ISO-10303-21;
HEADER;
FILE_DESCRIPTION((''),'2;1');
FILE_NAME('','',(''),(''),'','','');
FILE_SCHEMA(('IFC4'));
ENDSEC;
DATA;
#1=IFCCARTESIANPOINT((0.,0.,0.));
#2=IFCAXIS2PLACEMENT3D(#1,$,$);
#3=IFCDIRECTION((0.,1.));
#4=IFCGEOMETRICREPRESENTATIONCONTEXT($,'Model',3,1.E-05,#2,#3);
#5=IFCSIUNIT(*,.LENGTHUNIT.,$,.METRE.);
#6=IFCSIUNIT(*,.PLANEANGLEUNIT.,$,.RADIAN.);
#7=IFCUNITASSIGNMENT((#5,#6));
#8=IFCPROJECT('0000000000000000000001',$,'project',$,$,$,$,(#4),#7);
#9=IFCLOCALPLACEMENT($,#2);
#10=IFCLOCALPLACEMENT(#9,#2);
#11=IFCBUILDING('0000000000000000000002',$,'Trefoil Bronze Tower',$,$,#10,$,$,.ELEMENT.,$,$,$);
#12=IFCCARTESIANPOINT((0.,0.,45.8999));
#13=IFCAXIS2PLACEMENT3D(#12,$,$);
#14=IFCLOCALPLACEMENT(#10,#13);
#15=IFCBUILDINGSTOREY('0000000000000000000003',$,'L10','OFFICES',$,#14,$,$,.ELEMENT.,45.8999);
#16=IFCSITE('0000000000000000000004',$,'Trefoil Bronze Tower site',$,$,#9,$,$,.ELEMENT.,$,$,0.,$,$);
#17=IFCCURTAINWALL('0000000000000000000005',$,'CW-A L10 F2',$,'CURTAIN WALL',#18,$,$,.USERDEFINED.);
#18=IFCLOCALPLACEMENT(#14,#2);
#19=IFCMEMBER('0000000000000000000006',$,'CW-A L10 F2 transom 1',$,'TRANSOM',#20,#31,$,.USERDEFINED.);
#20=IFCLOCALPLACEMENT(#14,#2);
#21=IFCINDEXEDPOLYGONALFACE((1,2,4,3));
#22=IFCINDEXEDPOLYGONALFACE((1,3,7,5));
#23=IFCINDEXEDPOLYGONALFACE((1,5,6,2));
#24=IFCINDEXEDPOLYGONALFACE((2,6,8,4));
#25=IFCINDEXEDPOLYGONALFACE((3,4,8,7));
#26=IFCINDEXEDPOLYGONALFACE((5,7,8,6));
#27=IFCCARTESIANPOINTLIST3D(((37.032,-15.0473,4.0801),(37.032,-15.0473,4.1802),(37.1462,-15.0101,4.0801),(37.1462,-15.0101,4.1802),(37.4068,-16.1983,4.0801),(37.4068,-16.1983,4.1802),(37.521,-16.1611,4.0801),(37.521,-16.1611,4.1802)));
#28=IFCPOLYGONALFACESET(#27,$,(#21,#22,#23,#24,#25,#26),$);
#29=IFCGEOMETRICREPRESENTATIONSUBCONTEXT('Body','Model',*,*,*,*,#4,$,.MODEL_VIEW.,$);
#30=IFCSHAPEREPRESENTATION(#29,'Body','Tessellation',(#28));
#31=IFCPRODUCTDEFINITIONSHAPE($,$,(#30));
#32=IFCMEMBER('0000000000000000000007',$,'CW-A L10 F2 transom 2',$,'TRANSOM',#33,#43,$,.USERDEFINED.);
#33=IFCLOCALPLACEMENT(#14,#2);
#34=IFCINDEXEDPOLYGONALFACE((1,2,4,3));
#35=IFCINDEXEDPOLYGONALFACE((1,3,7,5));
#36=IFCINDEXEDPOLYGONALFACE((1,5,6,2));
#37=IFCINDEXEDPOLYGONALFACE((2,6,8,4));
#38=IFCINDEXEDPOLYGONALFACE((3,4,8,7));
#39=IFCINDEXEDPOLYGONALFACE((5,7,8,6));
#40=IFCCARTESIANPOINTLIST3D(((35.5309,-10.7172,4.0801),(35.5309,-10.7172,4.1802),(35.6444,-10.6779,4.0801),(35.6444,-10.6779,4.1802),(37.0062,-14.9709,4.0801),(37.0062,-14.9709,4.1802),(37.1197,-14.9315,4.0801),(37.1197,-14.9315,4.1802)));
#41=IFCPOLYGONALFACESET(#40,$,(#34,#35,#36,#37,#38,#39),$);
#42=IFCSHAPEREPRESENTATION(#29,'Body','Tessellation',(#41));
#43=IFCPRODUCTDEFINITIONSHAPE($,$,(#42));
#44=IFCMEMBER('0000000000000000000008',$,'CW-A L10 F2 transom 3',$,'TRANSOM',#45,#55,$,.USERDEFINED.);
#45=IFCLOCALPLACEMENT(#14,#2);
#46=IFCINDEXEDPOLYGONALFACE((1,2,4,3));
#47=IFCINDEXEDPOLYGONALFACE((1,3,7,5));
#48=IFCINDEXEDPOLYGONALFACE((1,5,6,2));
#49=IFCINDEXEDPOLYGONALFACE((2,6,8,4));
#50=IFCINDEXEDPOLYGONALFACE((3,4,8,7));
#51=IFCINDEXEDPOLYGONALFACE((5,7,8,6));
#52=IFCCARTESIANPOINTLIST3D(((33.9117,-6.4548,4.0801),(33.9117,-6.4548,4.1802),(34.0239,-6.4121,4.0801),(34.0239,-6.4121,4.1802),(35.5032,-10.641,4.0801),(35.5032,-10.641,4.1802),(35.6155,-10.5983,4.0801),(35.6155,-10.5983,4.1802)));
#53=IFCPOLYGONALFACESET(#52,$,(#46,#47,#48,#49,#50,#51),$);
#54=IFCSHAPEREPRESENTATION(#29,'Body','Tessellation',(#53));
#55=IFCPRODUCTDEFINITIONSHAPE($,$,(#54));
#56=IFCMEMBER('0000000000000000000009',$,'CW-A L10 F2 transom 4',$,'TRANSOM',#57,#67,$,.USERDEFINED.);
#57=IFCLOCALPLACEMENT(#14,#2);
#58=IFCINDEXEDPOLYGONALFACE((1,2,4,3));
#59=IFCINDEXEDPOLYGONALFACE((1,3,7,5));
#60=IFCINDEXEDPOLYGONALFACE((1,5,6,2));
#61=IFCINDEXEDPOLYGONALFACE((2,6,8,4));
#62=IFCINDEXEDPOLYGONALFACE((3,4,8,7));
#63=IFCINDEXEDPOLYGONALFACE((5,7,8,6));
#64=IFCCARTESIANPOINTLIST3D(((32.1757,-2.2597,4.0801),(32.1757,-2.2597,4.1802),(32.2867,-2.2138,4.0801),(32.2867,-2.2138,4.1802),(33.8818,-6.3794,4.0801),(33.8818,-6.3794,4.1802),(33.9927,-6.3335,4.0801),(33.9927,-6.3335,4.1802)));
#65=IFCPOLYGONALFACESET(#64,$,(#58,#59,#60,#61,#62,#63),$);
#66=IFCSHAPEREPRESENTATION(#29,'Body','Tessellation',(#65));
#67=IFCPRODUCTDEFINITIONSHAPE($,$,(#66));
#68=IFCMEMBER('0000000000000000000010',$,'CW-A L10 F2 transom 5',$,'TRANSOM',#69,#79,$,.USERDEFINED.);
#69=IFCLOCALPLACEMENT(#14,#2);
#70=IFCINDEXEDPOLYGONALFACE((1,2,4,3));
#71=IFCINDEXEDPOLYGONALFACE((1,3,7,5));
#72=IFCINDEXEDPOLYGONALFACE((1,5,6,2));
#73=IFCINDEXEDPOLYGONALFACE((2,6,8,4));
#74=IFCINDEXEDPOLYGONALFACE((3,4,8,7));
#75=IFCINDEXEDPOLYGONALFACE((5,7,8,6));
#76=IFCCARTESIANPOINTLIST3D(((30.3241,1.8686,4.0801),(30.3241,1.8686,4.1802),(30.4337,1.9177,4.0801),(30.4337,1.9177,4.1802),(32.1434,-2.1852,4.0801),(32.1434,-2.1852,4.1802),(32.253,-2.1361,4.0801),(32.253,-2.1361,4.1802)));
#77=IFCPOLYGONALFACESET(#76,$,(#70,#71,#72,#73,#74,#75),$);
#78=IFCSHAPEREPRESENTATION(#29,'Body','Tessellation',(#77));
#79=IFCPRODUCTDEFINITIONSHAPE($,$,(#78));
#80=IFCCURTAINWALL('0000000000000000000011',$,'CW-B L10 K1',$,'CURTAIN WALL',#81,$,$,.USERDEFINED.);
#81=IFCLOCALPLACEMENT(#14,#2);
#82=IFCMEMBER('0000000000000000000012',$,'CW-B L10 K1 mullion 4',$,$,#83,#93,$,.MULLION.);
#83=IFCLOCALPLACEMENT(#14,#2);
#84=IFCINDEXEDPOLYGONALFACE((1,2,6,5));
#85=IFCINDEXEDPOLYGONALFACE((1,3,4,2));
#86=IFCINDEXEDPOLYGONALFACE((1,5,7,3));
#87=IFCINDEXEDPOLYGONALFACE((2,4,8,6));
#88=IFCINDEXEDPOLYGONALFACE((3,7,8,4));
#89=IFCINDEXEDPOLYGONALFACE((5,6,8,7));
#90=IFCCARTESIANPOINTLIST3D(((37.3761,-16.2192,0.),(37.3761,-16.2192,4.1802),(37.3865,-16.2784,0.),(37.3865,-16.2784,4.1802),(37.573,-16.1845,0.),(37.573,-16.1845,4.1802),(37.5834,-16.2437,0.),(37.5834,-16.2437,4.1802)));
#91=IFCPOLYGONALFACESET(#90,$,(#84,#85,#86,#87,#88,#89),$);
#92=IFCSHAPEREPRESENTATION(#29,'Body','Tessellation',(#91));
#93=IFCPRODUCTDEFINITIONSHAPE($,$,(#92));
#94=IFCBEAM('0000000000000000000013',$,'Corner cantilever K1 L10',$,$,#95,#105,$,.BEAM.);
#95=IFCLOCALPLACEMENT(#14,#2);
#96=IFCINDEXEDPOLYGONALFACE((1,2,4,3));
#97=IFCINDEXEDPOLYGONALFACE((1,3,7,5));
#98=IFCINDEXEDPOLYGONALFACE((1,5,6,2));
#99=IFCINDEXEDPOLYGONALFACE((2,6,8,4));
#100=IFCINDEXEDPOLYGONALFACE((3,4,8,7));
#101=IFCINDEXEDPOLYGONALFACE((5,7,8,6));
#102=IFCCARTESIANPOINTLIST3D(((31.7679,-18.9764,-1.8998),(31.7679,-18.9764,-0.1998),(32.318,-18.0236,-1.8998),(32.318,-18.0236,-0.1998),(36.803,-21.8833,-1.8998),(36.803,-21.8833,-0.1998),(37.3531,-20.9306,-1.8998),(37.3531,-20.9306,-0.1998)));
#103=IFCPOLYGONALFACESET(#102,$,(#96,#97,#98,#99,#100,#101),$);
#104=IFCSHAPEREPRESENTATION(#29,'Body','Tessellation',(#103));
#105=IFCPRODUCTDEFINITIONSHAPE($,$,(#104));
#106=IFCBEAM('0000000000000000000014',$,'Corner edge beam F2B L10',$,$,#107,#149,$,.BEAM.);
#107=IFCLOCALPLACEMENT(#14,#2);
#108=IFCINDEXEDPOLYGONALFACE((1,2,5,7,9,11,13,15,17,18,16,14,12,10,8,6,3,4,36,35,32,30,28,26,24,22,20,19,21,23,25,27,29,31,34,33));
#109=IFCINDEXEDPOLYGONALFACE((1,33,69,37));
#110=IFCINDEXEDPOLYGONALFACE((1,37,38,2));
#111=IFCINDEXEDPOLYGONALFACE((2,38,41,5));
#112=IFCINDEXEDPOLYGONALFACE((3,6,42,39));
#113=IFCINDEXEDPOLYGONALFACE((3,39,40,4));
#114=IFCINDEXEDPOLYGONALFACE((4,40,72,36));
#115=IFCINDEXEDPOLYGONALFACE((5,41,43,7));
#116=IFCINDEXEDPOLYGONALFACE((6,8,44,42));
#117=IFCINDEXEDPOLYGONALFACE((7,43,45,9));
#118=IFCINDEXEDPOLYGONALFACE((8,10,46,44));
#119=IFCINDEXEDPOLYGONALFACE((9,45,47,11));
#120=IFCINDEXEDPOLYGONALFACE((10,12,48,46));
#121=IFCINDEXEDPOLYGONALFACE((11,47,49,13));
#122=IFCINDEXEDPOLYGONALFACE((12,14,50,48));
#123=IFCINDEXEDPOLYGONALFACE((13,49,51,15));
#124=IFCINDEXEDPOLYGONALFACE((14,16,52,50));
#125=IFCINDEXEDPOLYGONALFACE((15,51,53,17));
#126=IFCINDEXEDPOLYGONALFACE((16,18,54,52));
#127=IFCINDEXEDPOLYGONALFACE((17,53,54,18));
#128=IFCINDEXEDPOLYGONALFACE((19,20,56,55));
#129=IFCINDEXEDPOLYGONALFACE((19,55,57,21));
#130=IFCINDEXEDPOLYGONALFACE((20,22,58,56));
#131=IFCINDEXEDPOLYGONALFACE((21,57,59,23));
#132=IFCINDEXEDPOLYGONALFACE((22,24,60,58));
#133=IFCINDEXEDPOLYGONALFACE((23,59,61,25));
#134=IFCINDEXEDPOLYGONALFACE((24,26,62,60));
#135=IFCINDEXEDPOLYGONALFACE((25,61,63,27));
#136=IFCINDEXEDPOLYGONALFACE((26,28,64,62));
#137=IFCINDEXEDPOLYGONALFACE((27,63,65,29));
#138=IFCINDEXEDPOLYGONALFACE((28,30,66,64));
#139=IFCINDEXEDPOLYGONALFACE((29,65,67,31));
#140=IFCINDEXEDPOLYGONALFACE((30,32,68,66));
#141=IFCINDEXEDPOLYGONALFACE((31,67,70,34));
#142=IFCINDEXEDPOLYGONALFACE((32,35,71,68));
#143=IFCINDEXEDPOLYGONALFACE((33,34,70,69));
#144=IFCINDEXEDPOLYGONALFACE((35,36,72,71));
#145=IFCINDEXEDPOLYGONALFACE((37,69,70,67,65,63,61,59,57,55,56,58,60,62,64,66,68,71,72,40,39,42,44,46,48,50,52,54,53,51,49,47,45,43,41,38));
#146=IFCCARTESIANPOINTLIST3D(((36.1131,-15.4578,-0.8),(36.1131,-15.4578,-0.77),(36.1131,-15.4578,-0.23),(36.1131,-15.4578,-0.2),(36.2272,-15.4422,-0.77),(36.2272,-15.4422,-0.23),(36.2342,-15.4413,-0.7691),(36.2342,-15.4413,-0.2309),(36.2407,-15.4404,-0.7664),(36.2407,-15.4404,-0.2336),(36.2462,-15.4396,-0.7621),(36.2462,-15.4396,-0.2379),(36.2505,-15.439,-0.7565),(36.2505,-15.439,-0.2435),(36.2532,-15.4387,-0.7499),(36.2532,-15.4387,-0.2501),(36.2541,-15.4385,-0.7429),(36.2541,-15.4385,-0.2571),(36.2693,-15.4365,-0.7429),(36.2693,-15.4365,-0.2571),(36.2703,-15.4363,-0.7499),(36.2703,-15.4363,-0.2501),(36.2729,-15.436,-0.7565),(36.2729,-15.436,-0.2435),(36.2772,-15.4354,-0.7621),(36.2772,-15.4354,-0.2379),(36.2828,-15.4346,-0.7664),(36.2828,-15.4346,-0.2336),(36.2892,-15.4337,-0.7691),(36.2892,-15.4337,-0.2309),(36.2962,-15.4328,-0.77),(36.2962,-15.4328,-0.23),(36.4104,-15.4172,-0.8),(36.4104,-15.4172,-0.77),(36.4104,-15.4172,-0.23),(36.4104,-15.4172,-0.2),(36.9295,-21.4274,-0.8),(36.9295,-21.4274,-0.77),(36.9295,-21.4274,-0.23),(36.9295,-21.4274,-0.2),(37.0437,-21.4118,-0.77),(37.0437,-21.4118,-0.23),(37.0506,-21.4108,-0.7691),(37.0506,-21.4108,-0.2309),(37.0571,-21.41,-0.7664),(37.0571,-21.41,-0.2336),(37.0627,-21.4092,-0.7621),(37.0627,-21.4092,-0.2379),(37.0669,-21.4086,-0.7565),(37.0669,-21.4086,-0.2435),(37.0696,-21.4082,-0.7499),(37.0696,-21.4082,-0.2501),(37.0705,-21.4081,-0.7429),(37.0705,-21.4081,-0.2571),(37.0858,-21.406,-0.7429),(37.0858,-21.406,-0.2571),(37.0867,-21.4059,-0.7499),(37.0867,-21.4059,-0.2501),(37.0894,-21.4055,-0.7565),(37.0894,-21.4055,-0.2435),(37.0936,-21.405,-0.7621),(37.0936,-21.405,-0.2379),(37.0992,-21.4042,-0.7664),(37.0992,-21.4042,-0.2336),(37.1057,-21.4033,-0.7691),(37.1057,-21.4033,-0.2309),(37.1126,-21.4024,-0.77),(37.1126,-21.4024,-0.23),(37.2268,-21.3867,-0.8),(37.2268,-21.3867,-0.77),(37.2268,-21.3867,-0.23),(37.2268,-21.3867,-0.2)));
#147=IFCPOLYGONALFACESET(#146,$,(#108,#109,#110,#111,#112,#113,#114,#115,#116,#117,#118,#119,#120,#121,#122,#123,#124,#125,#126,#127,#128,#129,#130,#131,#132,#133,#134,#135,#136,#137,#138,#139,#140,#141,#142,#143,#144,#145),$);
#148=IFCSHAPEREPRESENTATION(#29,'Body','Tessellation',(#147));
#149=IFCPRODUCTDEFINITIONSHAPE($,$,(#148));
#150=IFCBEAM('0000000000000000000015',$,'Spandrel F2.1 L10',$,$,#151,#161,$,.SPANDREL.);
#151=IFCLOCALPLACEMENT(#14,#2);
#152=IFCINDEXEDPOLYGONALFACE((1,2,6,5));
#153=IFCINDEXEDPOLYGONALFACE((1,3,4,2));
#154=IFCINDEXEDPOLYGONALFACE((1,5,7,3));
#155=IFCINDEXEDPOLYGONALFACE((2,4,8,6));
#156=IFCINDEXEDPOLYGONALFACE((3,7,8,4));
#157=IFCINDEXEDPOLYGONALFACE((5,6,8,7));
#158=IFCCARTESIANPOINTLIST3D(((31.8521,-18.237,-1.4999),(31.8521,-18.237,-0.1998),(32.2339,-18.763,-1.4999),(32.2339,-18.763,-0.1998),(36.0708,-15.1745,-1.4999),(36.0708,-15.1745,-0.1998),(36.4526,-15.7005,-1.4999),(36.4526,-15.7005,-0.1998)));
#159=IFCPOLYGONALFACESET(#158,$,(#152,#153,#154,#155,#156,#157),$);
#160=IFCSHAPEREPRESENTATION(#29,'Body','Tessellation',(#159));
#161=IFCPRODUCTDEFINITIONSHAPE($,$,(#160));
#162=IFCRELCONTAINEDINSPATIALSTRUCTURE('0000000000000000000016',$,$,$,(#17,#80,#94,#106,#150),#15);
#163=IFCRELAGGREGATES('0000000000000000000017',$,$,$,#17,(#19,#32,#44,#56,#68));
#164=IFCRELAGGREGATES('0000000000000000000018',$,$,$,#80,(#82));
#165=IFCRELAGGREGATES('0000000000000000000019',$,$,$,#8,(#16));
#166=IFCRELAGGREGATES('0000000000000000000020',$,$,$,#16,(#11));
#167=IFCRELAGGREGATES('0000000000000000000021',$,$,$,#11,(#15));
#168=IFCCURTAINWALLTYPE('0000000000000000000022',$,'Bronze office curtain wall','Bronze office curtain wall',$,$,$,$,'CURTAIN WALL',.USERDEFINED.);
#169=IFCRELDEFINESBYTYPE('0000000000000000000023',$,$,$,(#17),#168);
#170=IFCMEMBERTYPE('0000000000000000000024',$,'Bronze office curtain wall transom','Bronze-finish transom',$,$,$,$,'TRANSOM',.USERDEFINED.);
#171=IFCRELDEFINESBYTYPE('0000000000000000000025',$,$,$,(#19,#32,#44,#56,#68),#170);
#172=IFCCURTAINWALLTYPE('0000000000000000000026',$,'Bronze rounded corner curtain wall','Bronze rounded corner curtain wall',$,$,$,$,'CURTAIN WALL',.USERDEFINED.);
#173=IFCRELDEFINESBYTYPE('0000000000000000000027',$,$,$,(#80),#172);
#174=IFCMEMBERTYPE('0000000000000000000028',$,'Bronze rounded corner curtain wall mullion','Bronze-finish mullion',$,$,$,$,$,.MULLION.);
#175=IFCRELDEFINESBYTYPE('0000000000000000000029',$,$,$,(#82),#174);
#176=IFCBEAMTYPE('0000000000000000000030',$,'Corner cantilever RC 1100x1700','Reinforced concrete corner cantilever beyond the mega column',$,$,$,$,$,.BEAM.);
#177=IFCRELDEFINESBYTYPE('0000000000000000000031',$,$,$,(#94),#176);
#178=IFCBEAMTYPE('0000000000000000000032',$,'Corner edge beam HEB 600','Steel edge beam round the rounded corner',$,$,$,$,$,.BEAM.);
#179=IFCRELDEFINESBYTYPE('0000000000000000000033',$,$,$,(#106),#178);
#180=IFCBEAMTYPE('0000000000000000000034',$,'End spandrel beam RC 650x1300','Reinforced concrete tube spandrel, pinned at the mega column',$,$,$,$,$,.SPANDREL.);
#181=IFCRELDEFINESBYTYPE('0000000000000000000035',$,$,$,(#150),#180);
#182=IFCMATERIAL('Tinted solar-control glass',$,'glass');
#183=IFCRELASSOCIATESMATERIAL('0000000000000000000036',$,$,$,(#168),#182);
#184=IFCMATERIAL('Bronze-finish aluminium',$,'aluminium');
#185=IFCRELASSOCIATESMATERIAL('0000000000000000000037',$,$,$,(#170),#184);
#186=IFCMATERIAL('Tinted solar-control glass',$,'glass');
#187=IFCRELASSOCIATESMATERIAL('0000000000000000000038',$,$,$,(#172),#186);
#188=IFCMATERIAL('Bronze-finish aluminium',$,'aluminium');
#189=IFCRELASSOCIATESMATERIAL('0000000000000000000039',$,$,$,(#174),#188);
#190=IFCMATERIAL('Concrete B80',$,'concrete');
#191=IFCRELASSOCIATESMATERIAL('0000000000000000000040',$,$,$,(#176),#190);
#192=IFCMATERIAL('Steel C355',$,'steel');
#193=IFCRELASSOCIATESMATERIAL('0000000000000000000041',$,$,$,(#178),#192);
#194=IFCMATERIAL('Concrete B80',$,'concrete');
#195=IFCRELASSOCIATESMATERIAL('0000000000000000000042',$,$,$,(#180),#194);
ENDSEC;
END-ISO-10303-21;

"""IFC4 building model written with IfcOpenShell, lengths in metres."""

from ifc_helpers import new_model, si_unit, direction, frame, origin, origin_2d, place, context, subcontext, project, spatial, rectangle, i_section, extrude, material, material_profile, profile_set, type_object, element, aggregate, save


model = new_model("IFC4")

# Units and contexts
model_context = context("Model", 3, precision=1e-05, world=origin(), true_north=direction((0.0, 1.0)))
body_context = subcontext(model_context, "Body", "Model", "MODEL_VIEW")
ifc_project = project(units=[si_unit("LENGTHUNIT", "METRE"), si_unit("PLANEANGLEUNIT", "RADIAN")], contexts=[model_context])

# Site, building, storey
site_placement = place(None, origin())
site = spatial("IfcSite", under=ifc_project, at=site_placement, Name="Trefoil Bronze Tower site", CompositionType="ELEMENT", RefElevation=0.0)
building_placement = place(site_placement, origin())
building = spatial("IfcBuilding", under=site, at=building_placement, Name="Trefoil Bronze Tower", CompositionType="ELEMENT")
storey_placement = place(building_placement, frame((0.0, 0.0, 45.8999)))
storey = spatial("IfcBuildingStorey", under=building, at=storey_placement, Name="L10", Description="OFFICES", CompositionType="ELEMENT", Elevation=45.8999)

# Curtain wall, members
ifc_material_1 = material(Name="Tinted solar-control glass", Category="glass")
curtain_wall_type_1 = type_object("IfcCurtainWallType", Name="Bronze office curtain wall", Description="Bronze office curtain wall", ElementType="CURTAIN WALL", PredefinedType="USERDEFINED", material=ifc_material_1)
curtain_wall_1_placement = place(storey_placement, origin())
curtain_wall_1 = element("IfcCurtainWall", 1, at=curtain_wall_1_placement, inside=storey, type_object=curtain_wall_type_1, Name="CW-A L10 F2", ObjectType="CURTAIN WALL", PredefinedType="USERDEFINED")
ifc_material_2 = material(Name="Bronze-finish aluminium", Category="aluminium")
ifc_material_profile_1 = material_profile(ifc_material_2, rectangle(XDim=0.1201, YDim=0.1001, at=origin_2d()), Name="CW-A transom")
ifc_profile_set_1 = profile_set([ifc_material_profile_1], Name="Bronze-finish aluminium")
member_type_1 = type_object("IfcMemberType", Name="Bronze office curtain wall transom", Description="Bronze-finish transom", ElementType="TRANSOM", PredefinedType="USERDEFINED", material=ifc_profile_set_1)
member_1_placement = place(storey_placement, frame((37.4639, -16.1797, 4.1301), z_axis=(-0.309624, 0.950859, 0.0), x_axis=(-0.950859, -0.309624, 0.0)))
member_1 = element("IfcMember", 2, at=member_1_placement, type_object=member_type_1, Name="CW-A L10 F2 transom 1", ObjectType="TRANSOM", PredefinedType="USERDEFINED", context=body_context, shape_type="SweptSolid", body=[
    extrude(rectangle(XDim=0.1201, YDim=0.1001, at=origin_2d()), origin(), (0.0, 0.0, 1.0), 1.2104),
])
member_2_placement = place(storey_placement, frame((37.063, -14.9512, 4.1301), z_axis=(-0.32769, 0.944785, 0.0), x_axis=(-0.944785, -0.32769, 0.0)))
member_2 = element("IfcMember", 3, at=member_2_placement, type_object=member_type_1, Name="CW-A L10 F2 transom 2", ObjectType="TRANSOM", PredefinedType="USERDEFINED", context=body_context, shape_type="SweptSolid", body=[
    extrude(rectangle(XDim=0.1201, YDim=0.1001, at=origin_2d()), origin(), (0.0, 0.0, 1.0), 4.5022),
])
member_3_placement = place(storey_placement, frame((35.5593, -10.6196, 4.1301), z_axis=(-0.355367, 0.934727, 0.0), x_axis=(-0.934727, -0.355367, 0.0)))
member_3 = element("IfcMember", 4, at=member_3_placement, type_object=member_type_1, Name="CW-A L10 F2 transom 3", ObjectType="TRANSOM", PredefinedType="USERDEFINED", context=body_context, shape_type="SweptSolid", body=[
    extrude(rectangle(XDim=0.1201, YDim=0.1001, at=origin_2d()), origin(), (0.0, 0.0, 1.0), 4.4785),
])
member_4_placement = place(storey_placement, frame((33.9373, -6.3564, 4.1301), z_axis=(-0.382616, 0.923907, 0.0), x_axis=(-0.923907, -0.382616, 0.0)))
member_4 = element("IfcMember", 5, at=member_4_placement, type_object=member_type_1, Name="CW-A L10 F2 transom 4", ObjectType="TRANSOM", PredefinedType="USERDEFINED", context=body_context, shape_type="SweptSolid", body=[
    extrude(rectangle(XDim=0.1201, YDim=0.1001, at=origin_2d()), origin(), (0.0, 0.0, 1.0), 4.459),
])
member_5_placement = place(storey_placement, frame((32.1982, -2.1606, 4.1301), z_axis=(-0.40946, 0.912328, 0.0), x_axis=(-0.912328, -0.40946, 0.0)))
member_5 = element("IfcMember", 6, at=member_5_placement, type_object=member_type_1, Name="CW-A L10 F2 transom 5", ObjectType="TRANSOM", PredefinedType="USERDEFINED", context=body_context, shape_type="SweptSolid", body=[
    extrude(rectangle(XDim=0.1201, YDim=0.1001, at=origin_2d()), origin(), (0.0, 0.0, 1.0), 4.4434),
])

# Curtain wall, member
ifc_material_3 = material(Name="Tinted solar-control glass", Category="glass")
curtain_wall_type_2 = type_object("IfcCurtainWallType", Name="Bronze rounded corner curtain wall", Description="Bronze rounded corner curtain wall", ElementType="CURTAIN WALL", PredefinedType="USERDEFINED", material=ifc_material_3)
curtain_wall_2_placement = place(storey_placement, origin())
curtain_wall_2 = element("IfcCurtainWall", 7, at=curtain_wall_2_placement, inside=storey, type_object=curtain_wall_type_2, Name="CW-B L10 K1", ObjectType="CURTAIN WALL", PredefinedType="USERDEFINED")
ifc_material_4 = material(Name="Bronze-finish aluminium", Category="aluminium")
ifc_material_profile_2 = material_profile(ifc_material_4, rectangle(XDim=0.2, YDim=0.0601, at=origin_2d()), Name="CW-B mullion")
ifc_profile_set_2 = profile_set([ifc_material_profile_2], Name="Bronze-finish aluminium")
member_type_2 = type_object("IfcMemberType", Name="Bronze rounded corner curtain wall mullion", Description="Bronze-finish mullion", PredefinedType="MULLION", material=ifc_profile_set_2)
member_6_placement = place(storey_placement, frame((37.4797, -16.2314, 0.0), z_axis=(0.0, 0.0, 1.0), x_axis=(-0.984808, -0.173648, 0.0)))
member_6 = element("IfcMember", 8, at=member_6_placement, type_object=member_type_2, Name="CW-B L10 K1 mullion 4", PredefinedType="MULLION", context=body_context, shape_type="SweptSolid", body=[
    extrude(rectangle(XDim=0.2, YDim=0.0601, at=origin_2d()), origin(), (0.0, 0.0, 1.0), 4.1802),
])

# Beams
ifc_material_5 = material(Name="Concrete B80", Category="concrete")
ifc_material_profile_3 = material_profile(ifc_material_5, rectangle(XDim=1.1001, YDim=1.7, at=origin_2d()), Name="RC 1100x1700")
ifc_profile_set_3 = profile_set([ifc_material_profile_3], Name="Concrete B80")
beam_type_1 = type_object("IfcBeamType", Name="Corner cantilever RC 1100x1700", Description="Reinforced concrete corner cantilever beyond the mega column", PredefinedType="BEAM", material=ifc_profile_set_3)
beam_1_placement = place(storey_placement, frame((32.043, -18.5, -1.0498), z_axis=(0.86603, -0.499991, 0.0), x_axis=(0.499991, 0.86603, 0.0)))
element("IfcBeam", 9, at=beam_1_placement, inside=storey, type_object=beam_type_1, Name="Corner cantilever K1 L10", PredefinedType="BEAM", context=body_context, shape_type="SweptSolid", body=[
    extrude(rectangle(XDim=1.1001, YDim=1.7, at=origin_2d()), origin(), (0.0, 0.0, 1.0), 5.814),
])
ifc_material_6 = material(Name="Steel C355", Category="steel")
ifc_material_profile_4 = material_profile(ifc_material_6, i_section(OverallWidth=0.3, OverallDepth=0.6001, WebThickness=0.0154, FlangeThickness=0.03, FilletRadius=0.0271, at=origin_2d()), Name="HEB 600")
ifc_profile_set_4 = profile_set([ifc_material_profile_4], Name="Steel C355")
beam_type_2 = type_object("IfcBeamType", Name="Corner edge beam HEB 600", Description="Steel edge beam round the rounded corner", PredefinedType="BEAM", material=ifc_profile_set_4)
beam_2_placement = place(storey_placement, frame((36.2617, -15.4375, -0.5), z_axis=(0.135502, -0.990777, 0.0), x_axis=(0.990777, 0.135502, 0.0)))
element("IfcBeam", 10, at=beam_2_placement, inside=storey, type_object=beam_type_2, Name="Corner edge beam F2B L10", PredefinedType="BEAM", context=body_context, shape_type="SweptSolid", body=[
    extrude(i_section(OverallWidth=0.3, OverallDepth=0.6001, WebThickness=0.0154, FlangeThickness=0.03, FilletRadius=0.0271, at=origin_2d()), origin(), (0.0, 0.0, 1.0), 6.0251),
])
ifc_material_7 = material(Name="Concrete B80", Category="concrete")
ifc_material_profile_5 = material_profile(ifc_material_7, rectangle(XDim=0.6499, YDim=1.3, at=origin_2d()), Name="RC 650x1300")
ifc_profile_set_5 = profile_set([ifc_material_profile_5], Name="Concrete B80")
beam_type_3 = type_object("IfcBeamType", Name="End spandrel beam RC 650x1300", Description="Reinforced concrete tube spandrel, pinned at the mega column", PredefinedType="SPANDREL", material=ifc_profile_set_5)
beam_3_placement = place(storey_placement, frame((32.043, -18.5, -0.8499), z_axis=(0.809254, 0.587459, 0.0), x_axis=(-0.587459, 0.809254, 0.0)))
element("IfcBeam", 11, at=beam_3_placement, inside=storey, type_object=beam_type_3, Name="Spandrel F2.1 L10", PredefinedType="SPANDREL", context=body_context, shape_type="SweptSolid", body=[
    extrude(rectangle(XDim=0.6499, YDim=1.3, at=origin_2d()), origin(), (0.0, 0.0, 1.0), 5.2131),
])

aggregate(curtain_wall_1, [member_1, member_2, member_3, member_4, member_5])
aggregate(curtain_wall_2, [member_6])

save(model, "model.ifc")
